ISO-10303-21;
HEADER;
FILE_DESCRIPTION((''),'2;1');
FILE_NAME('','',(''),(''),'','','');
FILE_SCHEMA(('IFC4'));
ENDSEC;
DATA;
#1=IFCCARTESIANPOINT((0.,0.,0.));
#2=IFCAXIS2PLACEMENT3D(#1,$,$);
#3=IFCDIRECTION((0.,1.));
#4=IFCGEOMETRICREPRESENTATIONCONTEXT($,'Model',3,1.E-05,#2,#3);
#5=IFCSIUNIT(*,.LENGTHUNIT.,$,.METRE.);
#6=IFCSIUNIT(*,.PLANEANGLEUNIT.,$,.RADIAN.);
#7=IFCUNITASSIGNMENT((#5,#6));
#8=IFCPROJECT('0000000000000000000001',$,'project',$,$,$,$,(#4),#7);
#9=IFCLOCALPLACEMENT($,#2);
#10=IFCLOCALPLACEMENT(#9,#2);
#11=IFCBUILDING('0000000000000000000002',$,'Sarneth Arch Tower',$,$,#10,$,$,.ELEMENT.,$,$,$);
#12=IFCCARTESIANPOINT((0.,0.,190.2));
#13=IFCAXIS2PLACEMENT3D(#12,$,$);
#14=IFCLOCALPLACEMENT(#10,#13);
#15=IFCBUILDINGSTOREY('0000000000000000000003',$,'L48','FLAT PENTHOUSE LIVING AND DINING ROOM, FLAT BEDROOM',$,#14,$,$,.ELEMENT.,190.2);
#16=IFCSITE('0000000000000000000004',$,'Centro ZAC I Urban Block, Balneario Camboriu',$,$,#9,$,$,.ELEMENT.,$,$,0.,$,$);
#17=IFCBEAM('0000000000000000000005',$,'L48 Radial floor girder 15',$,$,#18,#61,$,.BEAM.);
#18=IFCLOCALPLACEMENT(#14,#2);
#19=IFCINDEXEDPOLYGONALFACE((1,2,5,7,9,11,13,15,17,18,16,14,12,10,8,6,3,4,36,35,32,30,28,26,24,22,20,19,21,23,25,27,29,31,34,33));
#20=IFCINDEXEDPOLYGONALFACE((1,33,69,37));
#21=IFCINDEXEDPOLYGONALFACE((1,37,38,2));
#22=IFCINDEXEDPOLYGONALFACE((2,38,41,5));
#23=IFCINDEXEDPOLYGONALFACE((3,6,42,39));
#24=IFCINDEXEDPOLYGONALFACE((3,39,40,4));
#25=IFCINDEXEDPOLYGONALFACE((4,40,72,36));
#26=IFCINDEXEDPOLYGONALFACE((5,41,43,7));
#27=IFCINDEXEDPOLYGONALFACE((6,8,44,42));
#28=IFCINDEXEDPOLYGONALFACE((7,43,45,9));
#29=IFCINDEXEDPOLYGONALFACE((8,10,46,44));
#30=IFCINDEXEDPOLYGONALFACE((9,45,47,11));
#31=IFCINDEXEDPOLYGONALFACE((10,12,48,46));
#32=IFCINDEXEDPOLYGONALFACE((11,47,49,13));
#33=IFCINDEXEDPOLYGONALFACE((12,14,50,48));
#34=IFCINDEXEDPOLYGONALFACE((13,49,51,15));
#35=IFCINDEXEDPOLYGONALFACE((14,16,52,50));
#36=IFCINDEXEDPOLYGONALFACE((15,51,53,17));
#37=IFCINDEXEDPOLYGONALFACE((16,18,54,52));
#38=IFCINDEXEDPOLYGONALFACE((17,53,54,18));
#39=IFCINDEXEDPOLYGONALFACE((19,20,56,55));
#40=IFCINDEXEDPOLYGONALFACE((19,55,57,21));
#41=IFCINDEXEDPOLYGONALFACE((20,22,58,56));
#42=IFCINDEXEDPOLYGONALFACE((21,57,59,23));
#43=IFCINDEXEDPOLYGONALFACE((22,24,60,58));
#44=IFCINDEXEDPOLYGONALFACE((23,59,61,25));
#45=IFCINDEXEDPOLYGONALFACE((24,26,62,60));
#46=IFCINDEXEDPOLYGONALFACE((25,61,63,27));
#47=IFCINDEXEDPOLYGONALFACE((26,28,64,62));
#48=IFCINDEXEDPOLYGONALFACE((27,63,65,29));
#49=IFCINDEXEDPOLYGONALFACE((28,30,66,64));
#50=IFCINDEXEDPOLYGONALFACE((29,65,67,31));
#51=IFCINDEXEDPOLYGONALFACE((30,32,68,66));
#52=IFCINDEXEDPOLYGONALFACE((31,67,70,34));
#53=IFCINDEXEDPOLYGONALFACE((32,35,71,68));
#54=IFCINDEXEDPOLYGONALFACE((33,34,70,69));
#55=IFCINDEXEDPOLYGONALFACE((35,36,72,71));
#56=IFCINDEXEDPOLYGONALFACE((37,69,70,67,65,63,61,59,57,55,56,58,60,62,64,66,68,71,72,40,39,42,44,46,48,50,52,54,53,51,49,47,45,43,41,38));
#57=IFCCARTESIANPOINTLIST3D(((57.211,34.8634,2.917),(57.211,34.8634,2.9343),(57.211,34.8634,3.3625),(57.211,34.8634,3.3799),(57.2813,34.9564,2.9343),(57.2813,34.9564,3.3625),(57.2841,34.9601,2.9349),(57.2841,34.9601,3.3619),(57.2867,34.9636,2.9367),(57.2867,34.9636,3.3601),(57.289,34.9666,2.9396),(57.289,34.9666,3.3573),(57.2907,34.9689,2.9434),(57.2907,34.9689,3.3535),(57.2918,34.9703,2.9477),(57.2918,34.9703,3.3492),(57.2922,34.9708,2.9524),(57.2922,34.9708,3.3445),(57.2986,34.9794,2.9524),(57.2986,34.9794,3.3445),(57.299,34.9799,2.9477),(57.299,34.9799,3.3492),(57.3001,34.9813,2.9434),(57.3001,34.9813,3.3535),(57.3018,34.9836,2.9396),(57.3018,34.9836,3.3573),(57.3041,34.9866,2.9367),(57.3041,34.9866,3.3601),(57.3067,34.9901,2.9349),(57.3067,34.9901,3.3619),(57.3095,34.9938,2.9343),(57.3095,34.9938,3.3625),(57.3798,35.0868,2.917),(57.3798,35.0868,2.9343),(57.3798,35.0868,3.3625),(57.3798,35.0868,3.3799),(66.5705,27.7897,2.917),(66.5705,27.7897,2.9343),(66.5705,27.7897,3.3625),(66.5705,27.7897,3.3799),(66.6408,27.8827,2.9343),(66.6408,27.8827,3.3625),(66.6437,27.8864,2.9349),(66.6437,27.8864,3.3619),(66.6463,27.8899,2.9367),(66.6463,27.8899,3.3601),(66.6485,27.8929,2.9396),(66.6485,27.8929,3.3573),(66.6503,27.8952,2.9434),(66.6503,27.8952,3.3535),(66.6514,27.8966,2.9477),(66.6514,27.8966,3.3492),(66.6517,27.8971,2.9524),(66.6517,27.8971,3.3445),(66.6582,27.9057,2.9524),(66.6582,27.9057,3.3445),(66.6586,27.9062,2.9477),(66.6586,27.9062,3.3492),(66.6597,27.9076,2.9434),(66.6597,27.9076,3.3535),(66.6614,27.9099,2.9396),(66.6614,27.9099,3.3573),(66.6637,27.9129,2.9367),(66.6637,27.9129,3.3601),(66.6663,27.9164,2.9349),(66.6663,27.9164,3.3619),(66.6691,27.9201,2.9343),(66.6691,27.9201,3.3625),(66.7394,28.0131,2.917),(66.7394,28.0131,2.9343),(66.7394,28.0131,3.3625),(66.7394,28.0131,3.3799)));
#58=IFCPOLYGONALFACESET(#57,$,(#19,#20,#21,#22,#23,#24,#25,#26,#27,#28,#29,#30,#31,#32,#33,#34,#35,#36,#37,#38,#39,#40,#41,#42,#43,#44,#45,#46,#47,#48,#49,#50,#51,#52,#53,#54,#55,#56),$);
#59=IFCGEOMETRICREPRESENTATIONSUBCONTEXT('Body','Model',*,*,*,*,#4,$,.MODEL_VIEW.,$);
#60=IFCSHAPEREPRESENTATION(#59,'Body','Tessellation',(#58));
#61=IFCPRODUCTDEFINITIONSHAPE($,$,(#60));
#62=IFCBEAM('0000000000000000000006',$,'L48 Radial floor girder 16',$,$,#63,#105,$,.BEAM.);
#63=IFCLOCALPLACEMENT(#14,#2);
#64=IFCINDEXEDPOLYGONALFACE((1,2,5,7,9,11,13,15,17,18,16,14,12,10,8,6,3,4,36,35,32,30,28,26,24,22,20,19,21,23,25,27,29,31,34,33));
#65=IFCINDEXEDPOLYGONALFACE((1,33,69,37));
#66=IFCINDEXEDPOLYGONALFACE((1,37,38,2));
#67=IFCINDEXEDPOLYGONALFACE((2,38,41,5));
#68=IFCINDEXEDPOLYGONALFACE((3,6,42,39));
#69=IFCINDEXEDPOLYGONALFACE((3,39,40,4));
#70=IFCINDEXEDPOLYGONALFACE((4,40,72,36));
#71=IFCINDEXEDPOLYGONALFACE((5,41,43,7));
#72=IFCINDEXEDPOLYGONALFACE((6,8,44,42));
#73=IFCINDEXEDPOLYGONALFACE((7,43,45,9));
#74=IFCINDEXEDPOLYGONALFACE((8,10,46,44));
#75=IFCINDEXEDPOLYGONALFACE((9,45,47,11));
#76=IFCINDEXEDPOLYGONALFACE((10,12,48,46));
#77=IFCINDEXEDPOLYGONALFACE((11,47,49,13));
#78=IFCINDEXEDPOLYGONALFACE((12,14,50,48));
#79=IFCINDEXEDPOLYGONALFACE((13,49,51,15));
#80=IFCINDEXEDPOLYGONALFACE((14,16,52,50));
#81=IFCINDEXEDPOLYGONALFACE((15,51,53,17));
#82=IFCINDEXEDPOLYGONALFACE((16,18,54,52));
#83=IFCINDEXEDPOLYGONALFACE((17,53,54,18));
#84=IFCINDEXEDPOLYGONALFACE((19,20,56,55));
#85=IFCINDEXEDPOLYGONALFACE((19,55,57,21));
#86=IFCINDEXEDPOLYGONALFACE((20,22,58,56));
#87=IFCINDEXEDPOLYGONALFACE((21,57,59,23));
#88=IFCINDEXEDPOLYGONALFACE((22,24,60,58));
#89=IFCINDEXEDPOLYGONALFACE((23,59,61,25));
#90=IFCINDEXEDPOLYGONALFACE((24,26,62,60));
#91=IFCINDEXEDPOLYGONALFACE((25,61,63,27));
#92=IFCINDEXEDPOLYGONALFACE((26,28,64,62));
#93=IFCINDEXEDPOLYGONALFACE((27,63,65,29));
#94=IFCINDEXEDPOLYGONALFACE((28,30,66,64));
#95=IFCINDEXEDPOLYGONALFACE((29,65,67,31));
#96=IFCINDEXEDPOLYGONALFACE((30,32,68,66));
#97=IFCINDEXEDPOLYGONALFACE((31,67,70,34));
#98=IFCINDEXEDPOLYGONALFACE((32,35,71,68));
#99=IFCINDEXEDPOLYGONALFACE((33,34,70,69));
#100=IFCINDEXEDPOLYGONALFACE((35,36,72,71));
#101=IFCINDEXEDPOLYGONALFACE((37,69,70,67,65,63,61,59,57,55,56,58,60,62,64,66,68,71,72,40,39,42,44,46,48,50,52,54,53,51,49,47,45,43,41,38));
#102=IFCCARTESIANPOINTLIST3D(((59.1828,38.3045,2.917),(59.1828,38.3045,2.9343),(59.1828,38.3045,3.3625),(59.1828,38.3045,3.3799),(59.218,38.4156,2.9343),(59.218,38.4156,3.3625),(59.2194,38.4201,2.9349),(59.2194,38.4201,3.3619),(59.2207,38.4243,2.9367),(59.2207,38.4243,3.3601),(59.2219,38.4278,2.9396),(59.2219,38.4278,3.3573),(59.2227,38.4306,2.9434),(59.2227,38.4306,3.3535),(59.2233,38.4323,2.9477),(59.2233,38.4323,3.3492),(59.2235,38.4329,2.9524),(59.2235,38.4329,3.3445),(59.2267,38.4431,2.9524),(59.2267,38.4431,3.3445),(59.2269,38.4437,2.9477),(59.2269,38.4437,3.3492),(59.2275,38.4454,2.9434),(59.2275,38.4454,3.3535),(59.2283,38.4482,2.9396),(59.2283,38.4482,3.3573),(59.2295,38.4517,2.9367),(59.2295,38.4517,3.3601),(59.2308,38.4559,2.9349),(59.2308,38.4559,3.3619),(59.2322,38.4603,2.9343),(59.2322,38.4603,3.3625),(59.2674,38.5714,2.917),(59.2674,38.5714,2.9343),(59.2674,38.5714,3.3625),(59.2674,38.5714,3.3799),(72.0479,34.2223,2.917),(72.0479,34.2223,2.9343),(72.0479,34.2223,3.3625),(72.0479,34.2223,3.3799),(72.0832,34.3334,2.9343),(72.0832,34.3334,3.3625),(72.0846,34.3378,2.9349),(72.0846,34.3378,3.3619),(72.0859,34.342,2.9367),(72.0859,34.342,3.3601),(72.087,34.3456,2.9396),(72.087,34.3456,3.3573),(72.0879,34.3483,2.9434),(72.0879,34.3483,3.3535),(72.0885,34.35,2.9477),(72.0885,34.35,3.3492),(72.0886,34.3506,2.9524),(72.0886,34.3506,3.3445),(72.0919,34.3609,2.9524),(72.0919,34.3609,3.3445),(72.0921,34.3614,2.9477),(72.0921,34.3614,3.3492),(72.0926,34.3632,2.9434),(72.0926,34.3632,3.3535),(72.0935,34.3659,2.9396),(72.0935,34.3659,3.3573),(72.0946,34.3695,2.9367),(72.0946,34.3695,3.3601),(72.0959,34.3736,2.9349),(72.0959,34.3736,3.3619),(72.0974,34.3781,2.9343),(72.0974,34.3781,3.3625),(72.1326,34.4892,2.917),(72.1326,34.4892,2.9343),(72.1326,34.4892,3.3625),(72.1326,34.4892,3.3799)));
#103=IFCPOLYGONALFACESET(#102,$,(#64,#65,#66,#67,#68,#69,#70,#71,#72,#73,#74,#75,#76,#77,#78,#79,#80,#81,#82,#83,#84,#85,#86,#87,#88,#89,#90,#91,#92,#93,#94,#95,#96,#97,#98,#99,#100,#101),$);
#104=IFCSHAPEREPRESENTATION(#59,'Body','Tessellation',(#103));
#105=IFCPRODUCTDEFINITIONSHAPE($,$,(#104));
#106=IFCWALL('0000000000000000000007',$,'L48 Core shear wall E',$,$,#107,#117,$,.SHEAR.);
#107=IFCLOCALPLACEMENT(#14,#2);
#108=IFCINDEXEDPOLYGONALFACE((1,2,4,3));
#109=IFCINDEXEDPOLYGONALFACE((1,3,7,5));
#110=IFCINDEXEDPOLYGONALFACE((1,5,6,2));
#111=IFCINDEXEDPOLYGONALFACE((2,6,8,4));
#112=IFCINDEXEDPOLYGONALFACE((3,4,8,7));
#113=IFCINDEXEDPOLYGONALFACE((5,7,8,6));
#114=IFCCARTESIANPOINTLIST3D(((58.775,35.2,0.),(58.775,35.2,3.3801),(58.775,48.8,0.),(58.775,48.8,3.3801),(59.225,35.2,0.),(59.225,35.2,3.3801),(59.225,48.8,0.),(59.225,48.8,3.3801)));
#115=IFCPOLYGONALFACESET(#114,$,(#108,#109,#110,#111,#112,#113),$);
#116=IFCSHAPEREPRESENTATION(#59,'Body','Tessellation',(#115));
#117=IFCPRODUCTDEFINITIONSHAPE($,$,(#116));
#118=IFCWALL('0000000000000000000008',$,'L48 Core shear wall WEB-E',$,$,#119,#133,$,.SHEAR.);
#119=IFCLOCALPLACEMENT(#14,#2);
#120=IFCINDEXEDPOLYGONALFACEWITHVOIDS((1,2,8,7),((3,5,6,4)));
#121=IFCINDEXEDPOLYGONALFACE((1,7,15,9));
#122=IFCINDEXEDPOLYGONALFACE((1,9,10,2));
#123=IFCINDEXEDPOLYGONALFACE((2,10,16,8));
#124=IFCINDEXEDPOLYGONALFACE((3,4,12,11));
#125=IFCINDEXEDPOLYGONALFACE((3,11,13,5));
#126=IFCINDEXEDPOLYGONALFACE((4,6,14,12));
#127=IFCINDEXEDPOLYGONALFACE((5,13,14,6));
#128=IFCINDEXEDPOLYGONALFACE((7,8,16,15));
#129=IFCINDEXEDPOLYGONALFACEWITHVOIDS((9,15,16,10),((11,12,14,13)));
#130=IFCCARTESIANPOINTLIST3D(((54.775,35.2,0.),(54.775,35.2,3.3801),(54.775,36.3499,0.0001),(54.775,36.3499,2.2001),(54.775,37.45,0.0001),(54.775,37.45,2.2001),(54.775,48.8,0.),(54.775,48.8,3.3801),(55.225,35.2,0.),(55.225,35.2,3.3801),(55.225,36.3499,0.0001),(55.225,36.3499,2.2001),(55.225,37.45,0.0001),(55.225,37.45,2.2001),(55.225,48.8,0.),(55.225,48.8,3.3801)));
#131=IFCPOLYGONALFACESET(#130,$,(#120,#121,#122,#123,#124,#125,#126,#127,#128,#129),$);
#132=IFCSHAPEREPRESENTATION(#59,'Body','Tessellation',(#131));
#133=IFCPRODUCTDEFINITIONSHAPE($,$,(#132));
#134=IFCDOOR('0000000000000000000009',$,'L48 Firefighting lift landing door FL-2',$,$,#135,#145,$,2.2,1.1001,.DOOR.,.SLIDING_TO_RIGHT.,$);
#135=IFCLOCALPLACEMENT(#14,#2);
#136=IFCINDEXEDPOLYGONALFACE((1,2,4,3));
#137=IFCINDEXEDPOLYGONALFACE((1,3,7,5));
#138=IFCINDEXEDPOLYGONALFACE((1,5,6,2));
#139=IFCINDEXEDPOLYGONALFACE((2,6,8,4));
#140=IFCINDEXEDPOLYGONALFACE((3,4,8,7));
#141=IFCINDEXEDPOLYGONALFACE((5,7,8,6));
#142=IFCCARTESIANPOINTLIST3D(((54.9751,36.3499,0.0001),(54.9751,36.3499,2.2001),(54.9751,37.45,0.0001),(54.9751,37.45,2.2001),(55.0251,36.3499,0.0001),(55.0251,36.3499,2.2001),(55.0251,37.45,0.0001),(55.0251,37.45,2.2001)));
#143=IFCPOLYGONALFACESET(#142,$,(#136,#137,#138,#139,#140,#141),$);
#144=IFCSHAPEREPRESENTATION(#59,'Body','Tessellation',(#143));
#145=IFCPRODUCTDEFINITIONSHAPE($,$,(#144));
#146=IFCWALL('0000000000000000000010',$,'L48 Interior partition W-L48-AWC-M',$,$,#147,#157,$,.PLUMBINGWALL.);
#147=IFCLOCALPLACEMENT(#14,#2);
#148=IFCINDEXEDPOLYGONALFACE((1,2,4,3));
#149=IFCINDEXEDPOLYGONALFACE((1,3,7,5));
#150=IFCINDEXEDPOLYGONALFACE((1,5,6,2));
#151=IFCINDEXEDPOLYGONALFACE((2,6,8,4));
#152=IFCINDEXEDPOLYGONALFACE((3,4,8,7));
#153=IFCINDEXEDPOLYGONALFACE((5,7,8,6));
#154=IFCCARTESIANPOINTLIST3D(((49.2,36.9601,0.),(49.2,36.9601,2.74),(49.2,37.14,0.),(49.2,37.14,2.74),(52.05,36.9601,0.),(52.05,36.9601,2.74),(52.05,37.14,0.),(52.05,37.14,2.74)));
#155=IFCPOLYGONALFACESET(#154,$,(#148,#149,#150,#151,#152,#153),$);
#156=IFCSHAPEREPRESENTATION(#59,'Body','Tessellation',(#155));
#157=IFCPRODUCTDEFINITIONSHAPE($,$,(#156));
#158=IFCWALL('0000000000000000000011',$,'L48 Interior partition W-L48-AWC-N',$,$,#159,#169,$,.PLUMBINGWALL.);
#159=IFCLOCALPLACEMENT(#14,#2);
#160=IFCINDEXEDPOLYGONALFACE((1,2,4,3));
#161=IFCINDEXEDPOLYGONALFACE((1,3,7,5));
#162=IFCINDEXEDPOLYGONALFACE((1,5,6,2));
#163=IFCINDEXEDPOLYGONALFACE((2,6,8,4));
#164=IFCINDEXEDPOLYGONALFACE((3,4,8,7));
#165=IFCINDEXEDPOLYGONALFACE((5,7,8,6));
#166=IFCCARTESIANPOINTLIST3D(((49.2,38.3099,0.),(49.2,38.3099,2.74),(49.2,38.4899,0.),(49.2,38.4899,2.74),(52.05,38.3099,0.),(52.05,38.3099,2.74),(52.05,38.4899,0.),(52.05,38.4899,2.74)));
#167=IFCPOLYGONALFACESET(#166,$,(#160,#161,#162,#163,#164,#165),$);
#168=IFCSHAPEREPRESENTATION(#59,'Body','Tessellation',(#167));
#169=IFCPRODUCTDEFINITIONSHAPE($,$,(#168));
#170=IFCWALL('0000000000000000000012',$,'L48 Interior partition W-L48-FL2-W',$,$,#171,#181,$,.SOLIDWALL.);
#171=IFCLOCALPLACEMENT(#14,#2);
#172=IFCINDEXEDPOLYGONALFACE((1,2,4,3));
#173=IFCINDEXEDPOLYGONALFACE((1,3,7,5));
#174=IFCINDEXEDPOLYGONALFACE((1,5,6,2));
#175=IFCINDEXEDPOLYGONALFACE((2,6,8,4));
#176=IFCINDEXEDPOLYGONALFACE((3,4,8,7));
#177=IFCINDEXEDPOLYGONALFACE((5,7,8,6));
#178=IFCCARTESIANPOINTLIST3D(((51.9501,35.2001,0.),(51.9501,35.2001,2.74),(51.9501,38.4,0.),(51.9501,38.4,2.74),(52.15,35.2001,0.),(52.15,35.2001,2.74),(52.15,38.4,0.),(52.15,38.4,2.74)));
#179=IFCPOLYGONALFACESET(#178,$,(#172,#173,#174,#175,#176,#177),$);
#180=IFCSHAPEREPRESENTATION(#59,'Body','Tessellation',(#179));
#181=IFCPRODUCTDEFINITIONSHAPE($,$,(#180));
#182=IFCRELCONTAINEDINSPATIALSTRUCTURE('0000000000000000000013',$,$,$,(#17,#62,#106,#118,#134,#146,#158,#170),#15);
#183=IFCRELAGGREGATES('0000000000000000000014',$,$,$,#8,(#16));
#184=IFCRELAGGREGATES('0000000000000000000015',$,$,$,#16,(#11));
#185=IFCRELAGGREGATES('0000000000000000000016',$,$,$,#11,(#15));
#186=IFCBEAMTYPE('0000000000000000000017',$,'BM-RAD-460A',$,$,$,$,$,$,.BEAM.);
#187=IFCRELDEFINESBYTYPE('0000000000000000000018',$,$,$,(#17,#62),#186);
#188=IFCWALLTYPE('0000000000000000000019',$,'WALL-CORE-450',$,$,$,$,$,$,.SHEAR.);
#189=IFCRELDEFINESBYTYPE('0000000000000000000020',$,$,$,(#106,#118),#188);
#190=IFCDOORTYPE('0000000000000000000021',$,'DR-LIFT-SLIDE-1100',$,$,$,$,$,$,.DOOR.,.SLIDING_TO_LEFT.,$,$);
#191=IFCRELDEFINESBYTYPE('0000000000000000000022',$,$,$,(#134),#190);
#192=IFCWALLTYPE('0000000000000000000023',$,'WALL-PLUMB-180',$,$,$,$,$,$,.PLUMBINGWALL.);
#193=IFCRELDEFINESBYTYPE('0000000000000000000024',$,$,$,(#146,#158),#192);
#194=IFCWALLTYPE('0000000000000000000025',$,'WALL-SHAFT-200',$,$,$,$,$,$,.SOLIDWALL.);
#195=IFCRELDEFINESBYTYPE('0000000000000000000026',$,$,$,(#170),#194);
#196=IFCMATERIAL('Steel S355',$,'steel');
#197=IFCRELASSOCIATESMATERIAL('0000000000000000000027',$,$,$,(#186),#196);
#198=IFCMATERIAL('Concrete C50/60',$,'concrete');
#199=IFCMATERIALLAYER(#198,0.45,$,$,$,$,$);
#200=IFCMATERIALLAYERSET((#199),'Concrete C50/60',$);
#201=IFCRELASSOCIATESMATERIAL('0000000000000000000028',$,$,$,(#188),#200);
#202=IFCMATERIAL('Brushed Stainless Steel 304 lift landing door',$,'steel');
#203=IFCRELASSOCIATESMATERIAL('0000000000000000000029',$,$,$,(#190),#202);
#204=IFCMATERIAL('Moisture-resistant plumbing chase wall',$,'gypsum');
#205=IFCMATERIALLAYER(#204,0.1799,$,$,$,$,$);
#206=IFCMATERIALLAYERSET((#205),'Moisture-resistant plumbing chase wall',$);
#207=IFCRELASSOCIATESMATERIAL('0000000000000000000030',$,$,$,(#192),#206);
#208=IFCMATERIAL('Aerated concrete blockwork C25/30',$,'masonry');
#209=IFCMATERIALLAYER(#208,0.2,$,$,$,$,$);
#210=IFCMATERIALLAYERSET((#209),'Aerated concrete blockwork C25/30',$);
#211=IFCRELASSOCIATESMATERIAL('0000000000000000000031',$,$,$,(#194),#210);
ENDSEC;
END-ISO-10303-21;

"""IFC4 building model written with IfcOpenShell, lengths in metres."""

from ifc_helpers import new_model, si_unit, direction, frame, frame_2d, origin, origin_2d, place, context, subcontext, project, spatial, rectangle, i_section, extrude, material, layer, layer_set, material_profile, profile_set, type_object, element, fill, save


model = new_model("IFC4")

# Units and contexts
model_context = context("Model", 3, precision=1e-05, world=origin(), true_north=direction((0.0, 1.0)))
body_context = subcontext(model_context, "Body", "Model", "MODEL_VIEW")
ifc_project = project(units=[si_unit("LENGTHUNIT", "METRE"), si_unit("PLANEANGLEUNIT", "RADIAN")], contexts=[model_context])

# Site, building, storey
site_placement = place(None, origin())
site = spatial("IfcSite", under=ifc_project, at=site_placement, Name="Centro ZAC I Urban Block, Balneario Camboriu", CompositionType="ELEMENT", RefElevation=0.0)
building_placement = place(site_placement, origin())
building = spatial("IfcBuilding", under=site, at=building_placement, Name="Sarneth Arch Tower", CompositionType="ELEMENT")
storey_placement = place(building_placement, frame((0.0, 0.0, 190.2)))
storey = spatial("IfcBuildingStorey", under=building, at=storey_placement, Name="L48", Description="FLAT PENTHOUSE LIVING AND DINING ROOM, FLAT BEDROOM", CompositionType="ELEMENT", Elevation=190.2)

# Beams
ifc_material_1 = material(Name="Steel S355", Category="steel")
ifc_material_profile_1 = material_profile(ifc_material_1, i_section(OverallWidth=0.28, OverallDepth=0.4629, WebThickness=0.0107, FlangeThickness=0.0173, FilletRadius=0.0181, at=origin_2d()), Name="W460x113")
ifc_profile_set_1 = profile_set([ifc_material_profile_1], Name="Steel S355")
beam_type_1 = type_object("IfcBeamType", Name="BM-RAD-460A", PredefinedType="BEAM", material=ifc_profile_set_1)
beam_1_placement = place(storey_placement, frame((57.2954, 34.9751, 3.1484), z_axis=(0.797785, -0.602943, 0.0), x_axis=(0.602943, 0.797785, 0.0)))
element("IfcBeam", 1, at=beam_1_placement, inside=storey, type_object=beam_type_1, Name="L48 Radial floor girder 15", PredefinedType="BEAM", context=body_context, shape_type="SweptSolid", body=[
    extrude(i_section(OverallWidth=0.28, OverallDepth=0.4629, WebThickness=0.0107, FlangeThickness=0.0173, FilletRadius=0.0181, at=origin_2d()), origin(), (0.0, 0.0, 1.0), 11.7319),
])
beam_2_placement = place(storey_placement, frame((59.2251, 38.438, 3.1484), z_axis=(0.953165, -0.302449, 0.0), x_axis=(0.302449, 0.953165, 0.0)))
element("IfcBeam", 2, at=beam_2_placement, inside=storey, type_object=beam_type_1, Name="L48 Radial floor girder 16", PredefinedType="BEAM", context=body_context, shape_type="SweptSolid", body=[
    extrude(i_section(OverallWidth=0.28, OverallDepth=0.4629, WebThickness=0.0107, FlangeThickness=0.0173, FilletRadius=0.0181, at=origin_2d()), origin(), (0.0, 0.0, 1.0), 13.4973),
])

# Shared definitions
ifc_material_2 = material(Name="Concrete C50/60", Category="concrete")
ifc_layer_1 = layer(ifc_material_2, 0.45)
ifc_layer_set_1 = layer_set([ifc_layer_1], Name="Concrete C50/60")
wall_type_1 = type_object("IfcWallType", Name="WALL-CORE-450", PredefinedType="SHEAR", material=ifc_layer_set_1)

# Wall
wall_1_placement = place(storey_placement, frame((59.0, 35.2, 0.0), z_axis=(0.0, 0.0, 1.0), x_axis=(0.0, 1.0, 0.0)))
element("IfcWall", 3, at=wall_1_placement, inside=storey, type_object=wall_type_1, Name="L48 Core shear wall E", PredefinedType="SHEAR", context=body_context, shape_type="SweptSolid", body=[
    extrude(rectangle(XDim=13.6001, YDim=0.45, at=frame_2d((6.8, 0.0))), origin(), (0.0, 0.0, 1.0), 3.3801),
])

# Wall, opening, door
wall_2_placement = place(storey_placement, frame((55.0, 35.2, 0.0), z_axis=(0.0, 0.0, 1.0), x_axis=(0.0, 1.0, 0.0)))
wall_2 = element("IfcWall", 4, at=wall_2_placement, inside=storey, type_object=wall_type_1, Name="L48 Core shear wall WEB-E", PredefinedType="SHEAR", context=body_context, shape_type="SweptSolid", body=[
    extrude(rectangle(XDim=13.6001, YDim=0.45, at=frame_2d((6.8, 0.0))), origin(), (0.0, 0.0, 1.0), 3.3801),
])
opening_1_placement = place(wall_2_placement, frame((1.1499, 0.0, 0.0)))
opening_1 = element("IfcOpeningElement", 5, at=opening_1_placement, cuts=wall_2, PredefinedType="OPENING", context=body_context, shape_type="SweptSolid", body=[
    extrude(rectangle(XDim=1.1001, YDim=2.2, at=frame_2d((0.55, 1.1001))), frame((0.0, 0.2349, 0.0), z_axis=(0.0, -1.0, 0.0), x_axis=(1.0, 0.0, 0.0)), (0.0, 0.0, 1.0), 0.47),
])
ifc_material_3 = material(Name="Brushed Stainless Steel 304 lift landing door", Category="steel")
door_type_1 = type_object("IfcDoorType", Name="DR-LIFT-SLIDE-1100", OperationType="SLIDING_TO_LEFT", PredefinedType="DOOR", material=ifc_material_3)
door_1_placement = place(opening_1_placement, origin())
door_1 = element("IfcDoor", 6, at=door_1_placement, inside=storey, type_object=door_type_1, Name="L48 Firefighting lift landing door FL-2", OperationType="SLIDING_TO_RIGHT", OverallHeight=2.2, OverallWidth=1.1001, PredefinedType="DOOR", context=body_context, shape_type="SweptSolid", body=[
    extrude(rectangle(XDim=1.1001, YDim=2.2, at=frame_2d((0.55, 1.1001))), frame((0.0, 0.0249, 0.0), z_axis=(0.0, -1.0, 0.0), x_axis=(1.0, 0.0, 0.0)), (0.0, 0.0, 1.0), 0.05),
])
fill(opening_1, door_1)

# Walls
ifc_material_4 = material(Name="Moisture-resistant plumbing chase wall", Category="gypsum")
ifc_layer_2 = layer(ifc_material_4, 0.1799)
ifc_layer_set_2 = layer_set([ifc_layer_2], Name="Moisture-resistant plumbing chase wall")
wall_type_2 = type_object("IfcWallType", Name="WALL-PLUMB-180", PredefinedType="PLUMBINGWALL", material=ifc_layer_set_2)
for number, where, z_axis, x_axis, name in (
    (7, (49.2, 37.05, 0.0), (0.0, 0.0, 1.0), (1.0, 0.0, 0.0), "L48 Interior partition W-L48-AWC-M"),
    (8, (49.2, 38.3999, 0.0), (0.0, 0.0, 1.0), (1.0, 0.0, 0.0), "L48 Interior partition W-L48-AWC-N"),
):
    element("IfcWall", number, at=place(storey_placement, frame(where, z_axis=z_axis, x_axis=x_axis)), inside=storey, type_object=wall_type_2, Name=name, PredefinedType="PLUMBINGWALL", context=body_context, shape_type="SweptSolid", body=[
        extrude(rectangle(XDim=2.8501, YDim=0.1799, at=frame_2d((1.425, 0.0))), origin(), (0.0, 0.0, 1.0), 2.74),
    ])

# Shared definitions
ifc_material_5 = material(Name="Aerated concrete blockwork C25/30", Category="masonry")
ifc_layer_3 = layer(ifc_material_5, 0.2)
ifc_layer_set_3 = layer_set([ifc_layer_3], Name="Aerated concrete blockwork C25/30")
wall_type_3 = type_object("IfcWallType", Name="WALL-SHAFT-200", PredefinedType="SOLIDWALL", material=ifc_layer_set_3)

# Wall
wall_3_placement = place(storey_placement, frame((52.05, 35.2, 0.0), z_axis=(0.0, 0.0, 1.0), x_axis=(0.0, 1.0, 0.0)))
element("IfcWall", 9, at=wall_3_placement, inside=storey, type_object=wall_type_3, Name="L48 Interior partition W-L48-FL2-W", PredefinedType="SOLIDWALL", context=body_context, shape_type="SweptSolid", body=[
    extrude(rectangle(XDim=3.2, YDim=0.2, at=frame_2d((1.6001, 0.0))), origin(), (0.0, 0.0, 1.0), 2.74),
])

save(model, "model.ifc")
